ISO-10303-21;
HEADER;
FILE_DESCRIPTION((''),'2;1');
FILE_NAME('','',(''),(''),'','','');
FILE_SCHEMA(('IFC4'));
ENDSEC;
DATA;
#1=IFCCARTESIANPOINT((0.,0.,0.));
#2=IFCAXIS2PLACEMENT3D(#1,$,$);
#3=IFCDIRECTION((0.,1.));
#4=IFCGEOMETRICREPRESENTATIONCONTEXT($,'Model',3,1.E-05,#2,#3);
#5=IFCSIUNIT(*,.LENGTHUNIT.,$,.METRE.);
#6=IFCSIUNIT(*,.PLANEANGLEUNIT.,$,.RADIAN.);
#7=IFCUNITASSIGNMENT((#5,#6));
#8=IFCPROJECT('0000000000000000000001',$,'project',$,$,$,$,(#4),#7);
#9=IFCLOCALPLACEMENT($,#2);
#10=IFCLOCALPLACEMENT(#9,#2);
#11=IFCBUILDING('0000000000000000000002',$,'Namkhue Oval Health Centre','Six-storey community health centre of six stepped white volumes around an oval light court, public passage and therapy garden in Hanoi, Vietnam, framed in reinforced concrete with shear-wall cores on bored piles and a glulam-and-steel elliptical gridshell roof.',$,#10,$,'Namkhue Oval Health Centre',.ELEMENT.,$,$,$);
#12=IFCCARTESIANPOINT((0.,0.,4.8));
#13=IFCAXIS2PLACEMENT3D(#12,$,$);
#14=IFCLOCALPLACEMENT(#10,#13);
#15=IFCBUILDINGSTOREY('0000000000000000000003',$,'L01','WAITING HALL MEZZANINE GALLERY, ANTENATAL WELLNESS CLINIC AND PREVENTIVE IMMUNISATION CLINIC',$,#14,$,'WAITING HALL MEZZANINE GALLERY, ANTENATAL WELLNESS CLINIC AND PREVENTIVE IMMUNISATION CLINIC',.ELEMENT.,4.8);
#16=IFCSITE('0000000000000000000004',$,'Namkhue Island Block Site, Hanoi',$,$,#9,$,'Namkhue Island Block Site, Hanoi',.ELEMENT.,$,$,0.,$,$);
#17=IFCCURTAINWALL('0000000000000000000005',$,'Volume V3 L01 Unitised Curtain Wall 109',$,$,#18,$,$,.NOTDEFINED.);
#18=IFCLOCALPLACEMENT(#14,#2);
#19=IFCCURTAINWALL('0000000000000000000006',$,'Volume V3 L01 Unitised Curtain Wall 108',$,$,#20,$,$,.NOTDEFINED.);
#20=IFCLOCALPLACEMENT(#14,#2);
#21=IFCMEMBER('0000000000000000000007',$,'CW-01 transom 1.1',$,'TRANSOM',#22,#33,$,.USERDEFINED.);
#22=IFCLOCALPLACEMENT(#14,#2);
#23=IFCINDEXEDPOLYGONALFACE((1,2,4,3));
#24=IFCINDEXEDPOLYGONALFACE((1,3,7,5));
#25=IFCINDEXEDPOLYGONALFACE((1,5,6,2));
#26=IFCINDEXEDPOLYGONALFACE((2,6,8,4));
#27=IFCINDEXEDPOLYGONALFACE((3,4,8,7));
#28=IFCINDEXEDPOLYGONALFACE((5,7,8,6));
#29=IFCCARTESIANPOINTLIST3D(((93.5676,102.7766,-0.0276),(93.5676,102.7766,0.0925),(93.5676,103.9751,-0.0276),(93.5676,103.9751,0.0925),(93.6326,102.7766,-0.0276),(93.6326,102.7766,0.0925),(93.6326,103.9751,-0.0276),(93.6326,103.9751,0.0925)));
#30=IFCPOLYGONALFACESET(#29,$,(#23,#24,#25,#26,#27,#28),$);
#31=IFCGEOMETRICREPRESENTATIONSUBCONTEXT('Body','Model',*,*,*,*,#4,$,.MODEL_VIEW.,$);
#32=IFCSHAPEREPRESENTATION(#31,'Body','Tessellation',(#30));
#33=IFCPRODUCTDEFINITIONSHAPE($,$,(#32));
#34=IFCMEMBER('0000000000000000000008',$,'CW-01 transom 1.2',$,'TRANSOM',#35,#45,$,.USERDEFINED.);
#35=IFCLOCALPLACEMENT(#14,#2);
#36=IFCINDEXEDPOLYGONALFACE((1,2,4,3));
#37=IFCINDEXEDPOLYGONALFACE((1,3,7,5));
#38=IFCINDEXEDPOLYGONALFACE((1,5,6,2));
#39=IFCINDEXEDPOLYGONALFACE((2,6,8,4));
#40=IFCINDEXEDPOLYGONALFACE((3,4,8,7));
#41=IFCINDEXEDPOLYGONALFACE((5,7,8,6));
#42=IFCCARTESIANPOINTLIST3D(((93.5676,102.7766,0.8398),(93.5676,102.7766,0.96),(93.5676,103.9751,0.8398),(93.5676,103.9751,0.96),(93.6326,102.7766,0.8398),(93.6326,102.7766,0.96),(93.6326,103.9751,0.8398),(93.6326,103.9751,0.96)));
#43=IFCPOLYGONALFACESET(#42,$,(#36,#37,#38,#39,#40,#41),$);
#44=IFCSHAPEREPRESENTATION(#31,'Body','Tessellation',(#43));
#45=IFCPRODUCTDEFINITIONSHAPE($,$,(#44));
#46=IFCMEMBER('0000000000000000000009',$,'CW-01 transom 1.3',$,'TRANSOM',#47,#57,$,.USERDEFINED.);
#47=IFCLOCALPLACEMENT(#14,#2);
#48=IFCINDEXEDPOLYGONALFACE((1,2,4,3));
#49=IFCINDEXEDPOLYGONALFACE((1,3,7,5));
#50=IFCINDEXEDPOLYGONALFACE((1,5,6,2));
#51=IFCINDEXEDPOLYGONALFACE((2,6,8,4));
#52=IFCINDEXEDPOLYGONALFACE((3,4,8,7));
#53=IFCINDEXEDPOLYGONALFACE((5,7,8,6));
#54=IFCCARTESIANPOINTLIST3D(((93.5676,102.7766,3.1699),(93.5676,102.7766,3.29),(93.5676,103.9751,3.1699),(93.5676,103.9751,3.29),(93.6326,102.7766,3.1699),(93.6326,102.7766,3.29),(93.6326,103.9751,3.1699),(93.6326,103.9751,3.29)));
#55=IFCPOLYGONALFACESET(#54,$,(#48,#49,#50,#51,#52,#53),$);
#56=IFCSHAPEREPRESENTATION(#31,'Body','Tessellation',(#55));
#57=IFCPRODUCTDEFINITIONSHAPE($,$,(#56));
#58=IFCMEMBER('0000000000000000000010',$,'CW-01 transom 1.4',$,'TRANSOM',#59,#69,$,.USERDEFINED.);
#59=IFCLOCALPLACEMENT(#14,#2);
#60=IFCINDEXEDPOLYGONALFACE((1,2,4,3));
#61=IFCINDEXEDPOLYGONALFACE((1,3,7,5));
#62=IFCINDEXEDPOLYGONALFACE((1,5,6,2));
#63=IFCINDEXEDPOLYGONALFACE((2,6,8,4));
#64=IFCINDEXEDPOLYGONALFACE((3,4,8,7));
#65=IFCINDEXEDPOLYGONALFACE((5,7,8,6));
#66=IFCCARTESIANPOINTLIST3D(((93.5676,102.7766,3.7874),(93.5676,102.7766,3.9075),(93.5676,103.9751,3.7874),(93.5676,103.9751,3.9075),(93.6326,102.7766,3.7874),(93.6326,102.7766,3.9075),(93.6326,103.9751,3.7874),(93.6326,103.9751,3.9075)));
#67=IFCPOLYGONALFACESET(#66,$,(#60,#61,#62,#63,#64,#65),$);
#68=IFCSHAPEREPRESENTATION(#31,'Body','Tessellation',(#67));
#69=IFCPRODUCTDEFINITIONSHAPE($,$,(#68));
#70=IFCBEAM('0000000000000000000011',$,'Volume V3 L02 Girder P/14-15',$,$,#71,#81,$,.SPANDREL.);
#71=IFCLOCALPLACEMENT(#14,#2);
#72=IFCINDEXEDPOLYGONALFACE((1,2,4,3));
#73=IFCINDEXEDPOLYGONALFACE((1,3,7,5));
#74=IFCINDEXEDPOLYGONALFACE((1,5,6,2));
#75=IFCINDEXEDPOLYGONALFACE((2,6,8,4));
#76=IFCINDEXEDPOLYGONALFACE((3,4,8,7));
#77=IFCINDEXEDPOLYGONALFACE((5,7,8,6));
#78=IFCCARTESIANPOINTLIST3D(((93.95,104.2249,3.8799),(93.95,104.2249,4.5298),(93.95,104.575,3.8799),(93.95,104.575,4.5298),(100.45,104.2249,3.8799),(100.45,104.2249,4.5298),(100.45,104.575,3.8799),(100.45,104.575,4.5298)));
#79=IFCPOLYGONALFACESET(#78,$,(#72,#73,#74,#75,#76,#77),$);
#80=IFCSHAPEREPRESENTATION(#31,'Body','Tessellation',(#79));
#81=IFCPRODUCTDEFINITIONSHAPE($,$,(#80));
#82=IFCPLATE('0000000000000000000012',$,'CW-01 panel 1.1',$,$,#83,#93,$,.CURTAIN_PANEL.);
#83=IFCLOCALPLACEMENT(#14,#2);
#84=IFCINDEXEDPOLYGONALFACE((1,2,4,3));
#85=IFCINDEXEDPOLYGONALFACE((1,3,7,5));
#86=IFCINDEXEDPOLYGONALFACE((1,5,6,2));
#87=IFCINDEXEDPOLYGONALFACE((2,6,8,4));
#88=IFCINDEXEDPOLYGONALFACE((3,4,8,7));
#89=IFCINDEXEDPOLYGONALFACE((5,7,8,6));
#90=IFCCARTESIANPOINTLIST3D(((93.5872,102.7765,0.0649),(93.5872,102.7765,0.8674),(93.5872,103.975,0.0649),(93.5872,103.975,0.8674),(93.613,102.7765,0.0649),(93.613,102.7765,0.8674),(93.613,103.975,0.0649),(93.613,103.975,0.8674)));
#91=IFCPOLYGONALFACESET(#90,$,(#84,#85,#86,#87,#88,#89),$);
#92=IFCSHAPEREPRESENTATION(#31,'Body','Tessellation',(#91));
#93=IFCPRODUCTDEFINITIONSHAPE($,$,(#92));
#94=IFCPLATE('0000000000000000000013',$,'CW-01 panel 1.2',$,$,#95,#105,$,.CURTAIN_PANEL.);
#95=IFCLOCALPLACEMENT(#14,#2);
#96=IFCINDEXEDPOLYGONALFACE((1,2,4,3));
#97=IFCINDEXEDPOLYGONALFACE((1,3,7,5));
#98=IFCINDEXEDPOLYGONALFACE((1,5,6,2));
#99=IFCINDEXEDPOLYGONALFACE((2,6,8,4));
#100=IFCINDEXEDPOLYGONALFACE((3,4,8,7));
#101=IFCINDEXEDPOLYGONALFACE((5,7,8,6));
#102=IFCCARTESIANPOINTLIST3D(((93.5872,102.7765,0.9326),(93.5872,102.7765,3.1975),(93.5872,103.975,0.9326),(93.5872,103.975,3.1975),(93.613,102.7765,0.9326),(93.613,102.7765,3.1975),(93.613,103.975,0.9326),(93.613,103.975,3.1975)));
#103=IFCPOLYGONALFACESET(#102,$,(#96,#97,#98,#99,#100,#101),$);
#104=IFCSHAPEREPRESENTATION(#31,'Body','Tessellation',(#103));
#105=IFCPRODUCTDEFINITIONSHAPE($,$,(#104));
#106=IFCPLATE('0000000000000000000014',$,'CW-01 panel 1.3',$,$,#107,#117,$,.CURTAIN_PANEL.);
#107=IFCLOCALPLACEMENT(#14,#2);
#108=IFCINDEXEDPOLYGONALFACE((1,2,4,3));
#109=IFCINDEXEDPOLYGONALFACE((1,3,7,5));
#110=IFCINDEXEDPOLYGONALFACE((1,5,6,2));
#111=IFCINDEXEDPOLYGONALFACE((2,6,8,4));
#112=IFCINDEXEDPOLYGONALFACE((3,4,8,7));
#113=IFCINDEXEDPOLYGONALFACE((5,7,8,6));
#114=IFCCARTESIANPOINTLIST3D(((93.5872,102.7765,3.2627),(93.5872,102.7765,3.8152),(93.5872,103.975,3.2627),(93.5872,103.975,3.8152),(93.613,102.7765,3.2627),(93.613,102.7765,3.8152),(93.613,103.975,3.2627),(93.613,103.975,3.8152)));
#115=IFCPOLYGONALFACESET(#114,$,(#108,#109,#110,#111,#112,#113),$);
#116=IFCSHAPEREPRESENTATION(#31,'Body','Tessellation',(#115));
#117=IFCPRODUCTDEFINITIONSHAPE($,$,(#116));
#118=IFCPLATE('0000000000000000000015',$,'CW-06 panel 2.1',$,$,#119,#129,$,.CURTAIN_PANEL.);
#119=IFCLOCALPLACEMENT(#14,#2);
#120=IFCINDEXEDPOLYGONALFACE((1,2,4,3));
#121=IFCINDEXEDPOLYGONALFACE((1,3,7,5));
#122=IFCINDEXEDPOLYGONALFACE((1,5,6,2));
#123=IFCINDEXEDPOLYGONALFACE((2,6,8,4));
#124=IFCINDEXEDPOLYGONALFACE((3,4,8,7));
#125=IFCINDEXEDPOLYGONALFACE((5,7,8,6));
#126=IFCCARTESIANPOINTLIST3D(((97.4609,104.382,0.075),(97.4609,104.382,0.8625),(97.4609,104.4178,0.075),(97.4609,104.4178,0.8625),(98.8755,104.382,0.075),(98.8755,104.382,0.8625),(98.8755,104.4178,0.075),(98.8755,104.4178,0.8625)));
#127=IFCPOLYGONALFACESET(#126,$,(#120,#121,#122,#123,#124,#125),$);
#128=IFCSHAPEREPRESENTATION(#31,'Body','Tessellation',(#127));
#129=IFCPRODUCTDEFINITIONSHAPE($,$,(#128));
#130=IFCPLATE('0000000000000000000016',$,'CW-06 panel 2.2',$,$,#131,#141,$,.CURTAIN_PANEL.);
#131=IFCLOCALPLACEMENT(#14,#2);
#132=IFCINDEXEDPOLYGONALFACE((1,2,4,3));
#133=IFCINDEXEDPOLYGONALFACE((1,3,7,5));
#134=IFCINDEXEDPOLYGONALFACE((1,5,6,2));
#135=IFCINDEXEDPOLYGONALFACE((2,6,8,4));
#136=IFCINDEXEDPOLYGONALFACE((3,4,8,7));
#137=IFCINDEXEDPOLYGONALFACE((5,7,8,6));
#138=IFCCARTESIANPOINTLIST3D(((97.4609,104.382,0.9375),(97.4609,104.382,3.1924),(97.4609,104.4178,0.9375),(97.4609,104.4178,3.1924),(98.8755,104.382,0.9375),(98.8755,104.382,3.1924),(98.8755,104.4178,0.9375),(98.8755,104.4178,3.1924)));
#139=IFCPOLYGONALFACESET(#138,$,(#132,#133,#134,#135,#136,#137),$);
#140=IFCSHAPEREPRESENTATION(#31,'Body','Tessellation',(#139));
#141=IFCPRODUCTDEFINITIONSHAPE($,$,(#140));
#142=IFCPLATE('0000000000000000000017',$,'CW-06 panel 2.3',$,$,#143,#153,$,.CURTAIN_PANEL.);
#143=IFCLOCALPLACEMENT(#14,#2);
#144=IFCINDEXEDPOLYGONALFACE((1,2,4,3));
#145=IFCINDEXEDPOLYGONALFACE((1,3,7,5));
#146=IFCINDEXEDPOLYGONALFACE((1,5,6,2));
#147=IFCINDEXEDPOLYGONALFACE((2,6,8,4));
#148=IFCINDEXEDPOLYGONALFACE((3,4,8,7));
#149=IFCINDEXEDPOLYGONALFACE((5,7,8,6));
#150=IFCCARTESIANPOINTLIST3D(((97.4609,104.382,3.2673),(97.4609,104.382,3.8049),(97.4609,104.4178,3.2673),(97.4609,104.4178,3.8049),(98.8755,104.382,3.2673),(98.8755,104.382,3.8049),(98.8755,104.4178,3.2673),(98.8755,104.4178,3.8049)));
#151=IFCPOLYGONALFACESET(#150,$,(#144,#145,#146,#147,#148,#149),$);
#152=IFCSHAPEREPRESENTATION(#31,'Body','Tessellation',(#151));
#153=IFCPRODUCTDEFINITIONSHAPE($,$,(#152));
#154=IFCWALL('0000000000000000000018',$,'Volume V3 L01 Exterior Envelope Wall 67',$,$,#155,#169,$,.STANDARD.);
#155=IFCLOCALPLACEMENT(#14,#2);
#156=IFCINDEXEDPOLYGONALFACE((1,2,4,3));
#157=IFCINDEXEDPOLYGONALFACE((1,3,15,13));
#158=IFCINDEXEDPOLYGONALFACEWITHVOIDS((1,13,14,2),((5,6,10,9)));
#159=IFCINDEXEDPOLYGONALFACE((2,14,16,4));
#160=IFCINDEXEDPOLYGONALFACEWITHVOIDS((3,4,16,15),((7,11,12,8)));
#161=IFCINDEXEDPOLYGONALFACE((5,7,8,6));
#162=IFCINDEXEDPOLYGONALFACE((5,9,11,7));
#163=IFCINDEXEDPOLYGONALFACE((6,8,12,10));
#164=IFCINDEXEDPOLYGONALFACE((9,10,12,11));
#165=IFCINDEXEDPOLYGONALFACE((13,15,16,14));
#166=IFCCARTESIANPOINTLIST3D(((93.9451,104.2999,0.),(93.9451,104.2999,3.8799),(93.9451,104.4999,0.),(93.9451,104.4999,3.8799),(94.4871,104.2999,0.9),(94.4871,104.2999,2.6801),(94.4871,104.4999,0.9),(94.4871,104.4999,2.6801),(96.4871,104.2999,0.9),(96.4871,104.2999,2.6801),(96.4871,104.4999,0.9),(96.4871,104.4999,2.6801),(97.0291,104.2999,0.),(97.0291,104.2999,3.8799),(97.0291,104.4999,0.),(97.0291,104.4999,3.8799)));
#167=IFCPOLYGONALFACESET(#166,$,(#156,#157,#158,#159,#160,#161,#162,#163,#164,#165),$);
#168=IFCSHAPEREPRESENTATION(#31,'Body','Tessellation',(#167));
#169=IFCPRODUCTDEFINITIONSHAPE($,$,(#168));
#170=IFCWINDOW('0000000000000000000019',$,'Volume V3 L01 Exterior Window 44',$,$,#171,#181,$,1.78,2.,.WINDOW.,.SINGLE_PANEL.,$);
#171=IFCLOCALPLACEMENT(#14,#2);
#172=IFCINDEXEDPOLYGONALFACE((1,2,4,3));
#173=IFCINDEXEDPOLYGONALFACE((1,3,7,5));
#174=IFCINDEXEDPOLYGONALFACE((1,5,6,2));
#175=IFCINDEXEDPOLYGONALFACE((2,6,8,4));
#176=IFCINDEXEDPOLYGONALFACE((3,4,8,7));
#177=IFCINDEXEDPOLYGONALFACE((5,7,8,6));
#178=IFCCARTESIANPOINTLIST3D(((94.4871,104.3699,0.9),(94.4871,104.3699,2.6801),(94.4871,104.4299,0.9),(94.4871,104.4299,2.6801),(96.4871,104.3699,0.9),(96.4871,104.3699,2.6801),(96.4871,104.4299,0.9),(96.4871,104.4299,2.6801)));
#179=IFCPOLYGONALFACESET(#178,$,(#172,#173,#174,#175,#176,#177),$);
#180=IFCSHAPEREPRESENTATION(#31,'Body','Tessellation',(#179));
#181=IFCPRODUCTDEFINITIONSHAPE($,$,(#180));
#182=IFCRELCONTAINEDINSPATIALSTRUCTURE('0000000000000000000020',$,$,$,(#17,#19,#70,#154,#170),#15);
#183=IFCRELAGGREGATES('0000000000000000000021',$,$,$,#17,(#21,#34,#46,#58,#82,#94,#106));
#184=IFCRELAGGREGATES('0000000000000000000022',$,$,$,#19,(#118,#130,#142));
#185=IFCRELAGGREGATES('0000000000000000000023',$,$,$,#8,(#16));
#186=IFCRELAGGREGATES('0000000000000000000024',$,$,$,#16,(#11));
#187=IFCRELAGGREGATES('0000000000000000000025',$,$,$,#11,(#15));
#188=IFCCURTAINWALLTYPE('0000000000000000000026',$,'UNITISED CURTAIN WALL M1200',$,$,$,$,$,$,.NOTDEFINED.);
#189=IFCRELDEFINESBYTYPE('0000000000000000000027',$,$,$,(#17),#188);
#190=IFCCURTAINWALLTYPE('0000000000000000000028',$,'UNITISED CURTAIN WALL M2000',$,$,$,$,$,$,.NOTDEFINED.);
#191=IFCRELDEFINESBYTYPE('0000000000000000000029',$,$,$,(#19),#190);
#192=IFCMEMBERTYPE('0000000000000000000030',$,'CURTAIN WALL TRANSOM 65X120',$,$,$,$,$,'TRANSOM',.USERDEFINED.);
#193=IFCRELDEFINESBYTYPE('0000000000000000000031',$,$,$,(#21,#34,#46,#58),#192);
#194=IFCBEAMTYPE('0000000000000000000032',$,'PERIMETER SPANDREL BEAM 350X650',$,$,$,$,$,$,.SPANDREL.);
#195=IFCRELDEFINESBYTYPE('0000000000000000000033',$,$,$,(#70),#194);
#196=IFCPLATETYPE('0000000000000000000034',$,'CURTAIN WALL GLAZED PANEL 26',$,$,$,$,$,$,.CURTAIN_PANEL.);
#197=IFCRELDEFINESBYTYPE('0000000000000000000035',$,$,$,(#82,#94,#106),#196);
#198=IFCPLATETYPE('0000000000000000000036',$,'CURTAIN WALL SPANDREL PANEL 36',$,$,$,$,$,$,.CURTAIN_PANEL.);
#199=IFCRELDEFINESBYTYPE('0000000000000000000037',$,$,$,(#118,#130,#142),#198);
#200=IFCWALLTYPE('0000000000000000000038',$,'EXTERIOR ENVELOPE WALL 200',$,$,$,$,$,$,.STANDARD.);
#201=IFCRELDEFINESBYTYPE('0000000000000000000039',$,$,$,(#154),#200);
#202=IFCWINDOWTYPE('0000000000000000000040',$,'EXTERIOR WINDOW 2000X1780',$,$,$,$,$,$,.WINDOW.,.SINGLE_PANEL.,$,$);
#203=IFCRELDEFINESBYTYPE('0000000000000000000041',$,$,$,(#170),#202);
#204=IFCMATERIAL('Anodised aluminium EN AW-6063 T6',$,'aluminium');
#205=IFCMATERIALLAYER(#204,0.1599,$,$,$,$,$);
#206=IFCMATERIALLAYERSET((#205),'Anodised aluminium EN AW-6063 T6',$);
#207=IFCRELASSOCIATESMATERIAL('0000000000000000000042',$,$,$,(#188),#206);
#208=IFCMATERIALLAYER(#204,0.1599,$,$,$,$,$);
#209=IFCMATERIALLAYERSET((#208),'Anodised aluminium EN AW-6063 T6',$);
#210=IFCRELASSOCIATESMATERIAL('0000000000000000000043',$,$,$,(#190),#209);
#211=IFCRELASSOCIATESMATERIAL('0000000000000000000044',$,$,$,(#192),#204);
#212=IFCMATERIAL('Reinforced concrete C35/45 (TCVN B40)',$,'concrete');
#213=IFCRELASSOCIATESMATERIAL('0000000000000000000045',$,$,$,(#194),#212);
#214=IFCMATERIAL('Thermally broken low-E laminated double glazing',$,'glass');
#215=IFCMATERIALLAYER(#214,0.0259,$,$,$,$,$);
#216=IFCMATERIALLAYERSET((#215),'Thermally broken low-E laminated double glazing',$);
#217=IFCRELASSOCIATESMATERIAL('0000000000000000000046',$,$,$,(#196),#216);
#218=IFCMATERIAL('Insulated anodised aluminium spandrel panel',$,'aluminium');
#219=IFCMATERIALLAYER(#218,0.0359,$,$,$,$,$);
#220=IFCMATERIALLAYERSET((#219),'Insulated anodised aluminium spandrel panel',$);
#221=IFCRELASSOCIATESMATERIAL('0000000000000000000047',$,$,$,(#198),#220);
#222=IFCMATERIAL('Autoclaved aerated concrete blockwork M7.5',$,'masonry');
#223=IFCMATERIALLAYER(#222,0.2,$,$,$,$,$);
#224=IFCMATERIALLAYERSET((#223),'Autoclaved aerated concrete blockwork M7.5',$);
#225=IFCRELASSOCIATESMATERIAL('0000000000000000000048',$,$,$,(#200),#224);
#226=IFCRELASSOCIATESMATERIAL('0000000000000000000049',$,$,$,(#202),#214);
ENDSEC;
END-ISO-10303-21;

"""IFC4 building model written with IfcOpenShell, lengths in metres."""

from ifc_helpers import new_model, si_unit, direction, frame, frame_2d, origin, origin_2d, place, context, subcontext, project, spatial, rectangle, extrude, material, layer, layer_set, material_profile, profile_set, type_object, element, fill, aggregate, save


model = new_model("IFC4")

# Units and contexts
model_context = context("Model", 3, precision=1e-05, world=origin(), true_north=direction((0.0, 1.0)))
body_context = subcontext(model_context, "Body", "Model", "MODEL_VIEW")
ifc_project = project(units=[si_unit("LENGTHUNIT", "METRE"), si_unit("PLANEANGLEUNIT", "RADIAN")], contexts=[model_context])

# Site, building, storey
site_placement = place(None, origin())
site = spatial("IfcSite", under=ifc_project, at=site_placement, Name="Namkhue Island Block Site, Hanoi", LongName="Namkhue Island Block Site, Hanoi", CompositionType="ELEMENT", RefElevation=0.0)
building_placement = place(site_placement, origin())
building = spatial("IfcBuilding", under=site, at=building_placement, Name="Namkhue Oval Health Centre", Description="Six-storey community health centre of six stepped white volumes around an oval light court, public passage and therapy garden in Hanoi, Vietnam, framed in reinforced concrete with shear-wall cores on bored piles and a glulam-and-steel elliptical gridshell roof.", LongName="Namkhue Oval Health Centre", CompositionType="ELEMENT")
storey_placement = place(building_placement, frame((0.0, 0.0, 4.8)))
storey = spatial("IfcBuildingStorey", under=building, at=storey_placement, Name="L01", Description="WAITING HALL MEZZANINE GALLERY, ANTENATAL WELLNESS CLINIC AND PREVENTIVE IMMUNISATION CLINIC", LongName="WAITING HALL MEZZANINE GALLERY, ANTENATAL WELLNESS CLINIC AND PREVENTIVE IMMUNISATION CLINIC", CompositionType="ELEMENT", Elevation=4.8)

# Shared definitions
ifc_material_1 = material(Name="Reinforced concrete C35/45 (TCVN B40)", Category="concrete")

# Curtain walls
ifc_material_2 = material(Name="Anodised aluminium EN AW-6063 T6", Category="aluminium")
ifc_layer_1 = layer(ifc_material_2, 0.1599)
ifc_layer_set_1 = layer_set([ifc_layer_1], Name="Anodised aluminium EN AW-6063 T6")
curtain_wall_type_1 = type_object("IfcCurtainWallType", Name="UNITISED CURTAIN WALL M1200", PredefinedType="NOTDEFINED", material=ifc_layer_set_1)
curtain_wall_1_placement = place(storey_placement, origin())
curtain_wall_1 = element("IfcCurtainWall", 1, at=curtain_wall_1_placement, inside=storey, type_object=curtain_wall_type_1, Name="Volume V3 L01 Unitised Curtain Wall 109", PredefinedType="NOTDEFINED")
ifc_layer_2 = layer(ifc_material_2, 0.1599)
ifc_layer_set_2 = layer_set([ifc_layer_2], Name="Anodised aluminium EN AW-6063 T6")
curtain_wall_type_2 = type_object("IfcCurtainWallType", Name="UNITISED CURTAIN WALL M2000", PredefinedType="NOTDEFINED", material=ifc_layer_set_2)
curtain_wall_2_placement = place(storey_placement, origin())
curtain_wall_2 = element("IfcCurtainWall", 2, at=curtain_wall_2_placement, inside=storey, type_object=curtain_wall_type_2, Name="Volume V3 L01 Unitised Curtain Wall 108", PredefinedType="NOTDEFINED")

# Members
ifc_material_profile_1 = material_profile(ifc_material_2, rectangle(XDim=0.0649, YDim=0.1201, at=origin_2d()), Name="ALU 65x120")
ifc_profile_set_1 = profile_set([ifc_material_profile_1], Name="Anodised aluminium EN AW-6063 T6")
member_type_1 = type_object("IfcMemberType", Name="CURTAIN WALL TRANSOM 65X120", ElementType="TRANSOM", PredefinedType="USERDEFINED", material=ifc_profile_set_1)
member_1_placement = place(storey_placement, frame((93.6001, 103.9751, 0.0325), z_axis=(0.0, -1.0, 0.0), x_axis=(1.0, 0.0, 0.0)))
member_1 = element("IfcMember", 3, at=member_1_placement, type_object=member_type_1, Name="CW-01 transom 1.1", ObjectType="TRANSOM", PredefinedType="USERDEFINED", context=body_context, shape_type="SweptSolid", body=[
    extrude(rectangle(XDim=0.0649, YDim=0.1201, at=origin_2d()), origin(), (0.0, 0.0, 1.0), 1.1985),
])
member_2_placement = place(storey_placement, frame((93.6001, 103.9751, 0.8999), z_axis=(0.0, -1.0, 0.0), x_axis=(1.0, 0.0, 0.0)))
member_2 = element("IfcMember", 4, at=member_2_placement, type_object=member_type_1, Name="CW-01 transom 1.2", ObjectType="TRANSOM", PredefinedType="USERDEFINED", context=body_context, shape_type="SweptSolid", body=[
    extrude(rectangle(XDim=0.0649, YDim=0.1201, at=origin_2d()), origin(), (0.0, 0.0, 1.0), 1.1985),
])
member_3_placement = place(storey_placement, frame((93.6001, 103.9751, 3.23), z_axis=(0.0, -1.0, 0.0), x_axis=(1.0, 0.0, 0.0)))
member_3 = element("IfcMember", 5, at=member_3_placement, type_object=member_type_1, Name="CW-01 transom 1.3", ObjectType="TRANSOM", PredefinedType="USERDEFINED", context=body_context, shape_type="SweptSolid", body=[
    extrude(rectangle(XDim=0.0649, YDim=0.1201, at=origin_2d()), origin(), (0.0, 0.0, 1.0), 1.1985),
])
member_4_placement = place(storey_placement, frame((93.6001, 103.9751, 3.8474), z_axis=(0.0, -1.0, 0.0), x_axis=(1.0, 0.0, 0.0)))
member_4 = element("IfcMember", 6, at=member_4_placement, type_object=member_type_1, Name="CW-01 transom 1.4", ObjectType="TRANSOM", PredefinedType="USERDEFINED", context=body_context, shape_type="SweptSolid", body=[
    extrude(rectangle(XDim=0.0649, YDim=0.1201, at=origin_2d()), origin(), (0.0, 0.0, 1.0), 1.1985),
])

# Beam
ifc_material_profile_2 = material_profile(ifc_material_1, rectangle(XDim=0.3501, YDim=0.6499, at=origin_2d()), Name="RC 350x650")
ifc_profile_set_2 = profile_set([ifc_material_profile_2], Name="Reinforced concrete C35/45 (TCVN B40)")
beam_type = type_object("IfcBeamType", Name="PERIMETER SPANDREL BEAM 350X650", PredefinedType="SPANDREL", material=ifc_profile_set_2)
beam_placement = place(storey_placement, frame((93.95, 104.3999, 4.2048), z_axis=(1.0, 0.0, 0.0), x_axis=(0.0, 1.0, 0.0)))
element("IfcBeam", 7, at=beam_placement, inside=storey, type_object=beam_type, Name="Volume V3 L02 Girder P/14-15", PredefinedType="SPANDREL", context=body_context, shape_type="SweptSolid", body=[
    extrude(rectangle(XDim=0.3501, YDim=0.6499, at=origin_2d()), origin(), (0.0, 0.0, 1.0), 6.5),
])

# Plates
ifc_material_3 = material(Name="Thermally broken low-E laminated double glazing", Category="glass")
ifc_layer_3 = layer(ifc_material_3, 0.0259)
ifc_layer_set_3 = layer_set([ifc_layer_3], Name="Thermally broken low-E laminated double glazing")
plate_type_1 = type_object("IfcPlateType", Name="CURTAIN WALL GLAZED PANEL 26", PredefinedType="CURTAIN_PANEL", material=ifc_layer_set_3)
plate_1_placement = place(storey_placement, frame((93.6001, 103.3757, 0.0649), z_axis=(0.0, 0.0, 1.0), x_axis=(0.0, -1.0, 0.0)))
plate_1 = element("IfcPlate", 8, at=plate_1_placement, type_object=plate_type_1, Name="CW-01 panel 1.1", PredefinedType="CURTAIN_PANEL", context=body_context, shape_type="SweptSolid", body=[
    extrude(rectangle(XDim=1.1985, YDim=0.0259, at=origin_2d()), origin(), (0.0, 0.0, 1.0), 0.8025),
])
plate_2_placement = place(storey_placement, frame((93.6001, 103.3757, 0.9326), z_axis=(0.0, 0.0, 1.0), x_axis=(0.0, -1.0, 0.0)))
plate_2 = element("IfcPlate", 9, at=plate_2_placement, type_object=plate_type_1, Name="CW-01 panel 1.2", PredefinedType="CURTAIN_PANEL", context=body_context, shape_type="SweptSolid", body=[
    extrude(rectangle(XDim=1.1985, YDim=0.0259, at=origin_2d()), origin(), (0.0, 0.0, 1.0), 2.2649),
])
plate_3_placement = place(storey_placement, frame((93.6001, 103.3757, 3.2627), z_axis=(0.0, 0.0, 1.0), x_axis=(0.0, -1.0, 0.0)))
plate_3 = element("IfcPlate", 10, at=plate_3_placement, type_object=plate_type_1, Name="CW-01 panel 1.3", PredefinedType="CURTAIN_PANEL", context=body_context, shape_type="SweptSolid", body=[
    extrude(rectangle(XDim=1.1985, YDim=0.0259, at=origin_2d()), origin(), (0.0, 0.0, 1.0), 0.5525),
])
aggregate(curtain_wall_1, [member_1, member_2, member_3, member_4, plate_1, plate_2, plate_3])
ifc_material_4 = material(Name="Insulated anodised aluminium spandrel panel", Category="aluminium")
ifc_layer_4 = layer(ifc_material_4, 0.0359)
ifc_layer_set_4 = layer_set([ifc_layer_4], Name="Insulated anodised aluminium spandrel panel")
plate_type_2 = type_object("IfcPlateType", Name="CURTAIN WALL SPANDREL PANEL 36", PredefinedType="CURTAIN_PANEL", material=ifc_layer_set_4)
plate_4_placement = place(storey_placement, frame((98.1682, 104.3999, 0.075), z_axis=(0.0, 0.0, 1.0), x_axis=(-1.0, 0.0, 0.0)))
plate_4 = element("IfcPlate", 11, at=plate_4_placement, type_object=plate_type_2, Name="CW-06 panel 2.1", PredefinedType="CURTAIN_PANEL", context=body_context, shape_type="SweptSolid", body=[
    extrude(rectangle(XDim=1.4146, YDim=0.0359, at=origin_2d()), origin(), (0.0, 0.0, 1.0), 0.7876),
])
plate_5_placement = place(storey_placement, frame((98.1682, 104.3999, 0.9375), z_axis=(0.0, 0.0, 1.0), x_axis=(-1.0, 0.0, 0.0)))
plate_5 = element("IfcPlate", 12, at=plate_5_placement, type_object=plate_type_2, Name="CW-06 panel 2.2", PredefinedType="CURTAIN_PANEL", context=body_context, shape_type="SweptSolid", body=[
    extrude(rectangle(XDim=1.4146, YDim=0.0359, at=origin_2d()), origin(), (0.0, 0.0, 1.0), 2.2549),
])
plate_6_placement = place(storey_placement, frame((98.1682, 104.3999, 3.2673), z_axis=(0.0, 0.0, 1.0), x_axis=(-1.0, 0.0, 0.0)))
plate_6 = element("IfcPlate", 13, at=plate_6_placement, type_object=plate_type_2, Name="CW-06 panel 2.3", PredefinedType="CURTAIN_PANEL", context=body_context, shape_type="SweptSolid", body=[
    extrude(rectangle(XDim=1.4146, YDim=0.0359, at=origin_2d()), origin(), (0.0, 0.0, 1.0), 0.5376),
])
aggregate(curtain_wall_2, [plate_4, plate_5, plate_6])

# Wall, opening, window
ifc_material_5 = material(Name="Autoclaved aerated concrete blockwork M7.5", Category="masonry")
ifc_layer_5 = layer(ifc_material_5, 0.2)
ifc_layer_set_5 = layer_set([ifc_layer_5], Name="Autoclaved aerated concrete blockwork M7.5")
wall_type = type_object("IfcWallType", Name="EXTERIOR ENVELOPE WALL 200", PredefinedType="STANDARD", material=ifc_layer_set_5)
wall_placement = place(storey_placement, frame((97.0291, 104.3999, 0.0), z_axis=(0.0, 0.0, 1.0), x_axis=(-1.0, 0.0, 0.0)))
wall = element("IfcWall", 14, at=wall_placement, inside=storey, type_object=wall_type, Name="Volume V3 L01 Exterior Envelope Wall 67", PredefinedType="STANDARD", context=body_context, shape_type="SweptSolid", body=[
    extrude(rectangle(XDim=3.084, YDim=0.2, at=frame_2d((1.542, 0.0))), origin(), (0.0, 0.0, 1.0), 3.8799),
])
opening_placement = place(wall_placement, frame((0.542, 0.0, 0.8999)))
opening = element("IfcOpeningElement", 15, at=opening_placement, cuts=wall, PredefinedType="OPENING", context=body_context, shape_type="SweptSolid", body=[
    extrude(rectangle(XDim=2.0, YDim=1.78, at=frame_2d((1.0, 0.8901))), frame((0.0, 0.1099, 0.0), z_axis=(0.0, -1.0, 0.0), x_axis=(1.0, 0.0, 0.0)), (0.0, 0.0, 1.0), 0.22),
])
window_type = type_object("IfcWindowType", Name="EXTERIOR WINDOW 2000X1780", PartitioningType="SINGLE_PANEL", PredefinedType="WINDOW", material=ifc_material_3)
window_placement = place(opening_placement, origin())
window = element("IfcWindow", 16, at=window_placement, inside=storey, type_object=window_type, Name="Volume V3 L01 Exterior Window 44", OverallHeight=1.78, OverallWidth=2.0, PartitioningType="SINGLE_PANEL", PredefinedType="WINDOW", context=body_context, shape_type="SweptSolid", body=[
    extrude(rectangle(XDim=2.0, YDim=1.78, at=frame_2d((1.0, 0.8901))), frame((0.0, 0.03, 0.0), z_axis=(0.0, -1.0, 0.0), x_axis=(1.0, 0.0, 0.0)), (0.0, 0.0, 1.0), 0.0601),
])
fill(opening, window)

save(model, "model.ifc")
